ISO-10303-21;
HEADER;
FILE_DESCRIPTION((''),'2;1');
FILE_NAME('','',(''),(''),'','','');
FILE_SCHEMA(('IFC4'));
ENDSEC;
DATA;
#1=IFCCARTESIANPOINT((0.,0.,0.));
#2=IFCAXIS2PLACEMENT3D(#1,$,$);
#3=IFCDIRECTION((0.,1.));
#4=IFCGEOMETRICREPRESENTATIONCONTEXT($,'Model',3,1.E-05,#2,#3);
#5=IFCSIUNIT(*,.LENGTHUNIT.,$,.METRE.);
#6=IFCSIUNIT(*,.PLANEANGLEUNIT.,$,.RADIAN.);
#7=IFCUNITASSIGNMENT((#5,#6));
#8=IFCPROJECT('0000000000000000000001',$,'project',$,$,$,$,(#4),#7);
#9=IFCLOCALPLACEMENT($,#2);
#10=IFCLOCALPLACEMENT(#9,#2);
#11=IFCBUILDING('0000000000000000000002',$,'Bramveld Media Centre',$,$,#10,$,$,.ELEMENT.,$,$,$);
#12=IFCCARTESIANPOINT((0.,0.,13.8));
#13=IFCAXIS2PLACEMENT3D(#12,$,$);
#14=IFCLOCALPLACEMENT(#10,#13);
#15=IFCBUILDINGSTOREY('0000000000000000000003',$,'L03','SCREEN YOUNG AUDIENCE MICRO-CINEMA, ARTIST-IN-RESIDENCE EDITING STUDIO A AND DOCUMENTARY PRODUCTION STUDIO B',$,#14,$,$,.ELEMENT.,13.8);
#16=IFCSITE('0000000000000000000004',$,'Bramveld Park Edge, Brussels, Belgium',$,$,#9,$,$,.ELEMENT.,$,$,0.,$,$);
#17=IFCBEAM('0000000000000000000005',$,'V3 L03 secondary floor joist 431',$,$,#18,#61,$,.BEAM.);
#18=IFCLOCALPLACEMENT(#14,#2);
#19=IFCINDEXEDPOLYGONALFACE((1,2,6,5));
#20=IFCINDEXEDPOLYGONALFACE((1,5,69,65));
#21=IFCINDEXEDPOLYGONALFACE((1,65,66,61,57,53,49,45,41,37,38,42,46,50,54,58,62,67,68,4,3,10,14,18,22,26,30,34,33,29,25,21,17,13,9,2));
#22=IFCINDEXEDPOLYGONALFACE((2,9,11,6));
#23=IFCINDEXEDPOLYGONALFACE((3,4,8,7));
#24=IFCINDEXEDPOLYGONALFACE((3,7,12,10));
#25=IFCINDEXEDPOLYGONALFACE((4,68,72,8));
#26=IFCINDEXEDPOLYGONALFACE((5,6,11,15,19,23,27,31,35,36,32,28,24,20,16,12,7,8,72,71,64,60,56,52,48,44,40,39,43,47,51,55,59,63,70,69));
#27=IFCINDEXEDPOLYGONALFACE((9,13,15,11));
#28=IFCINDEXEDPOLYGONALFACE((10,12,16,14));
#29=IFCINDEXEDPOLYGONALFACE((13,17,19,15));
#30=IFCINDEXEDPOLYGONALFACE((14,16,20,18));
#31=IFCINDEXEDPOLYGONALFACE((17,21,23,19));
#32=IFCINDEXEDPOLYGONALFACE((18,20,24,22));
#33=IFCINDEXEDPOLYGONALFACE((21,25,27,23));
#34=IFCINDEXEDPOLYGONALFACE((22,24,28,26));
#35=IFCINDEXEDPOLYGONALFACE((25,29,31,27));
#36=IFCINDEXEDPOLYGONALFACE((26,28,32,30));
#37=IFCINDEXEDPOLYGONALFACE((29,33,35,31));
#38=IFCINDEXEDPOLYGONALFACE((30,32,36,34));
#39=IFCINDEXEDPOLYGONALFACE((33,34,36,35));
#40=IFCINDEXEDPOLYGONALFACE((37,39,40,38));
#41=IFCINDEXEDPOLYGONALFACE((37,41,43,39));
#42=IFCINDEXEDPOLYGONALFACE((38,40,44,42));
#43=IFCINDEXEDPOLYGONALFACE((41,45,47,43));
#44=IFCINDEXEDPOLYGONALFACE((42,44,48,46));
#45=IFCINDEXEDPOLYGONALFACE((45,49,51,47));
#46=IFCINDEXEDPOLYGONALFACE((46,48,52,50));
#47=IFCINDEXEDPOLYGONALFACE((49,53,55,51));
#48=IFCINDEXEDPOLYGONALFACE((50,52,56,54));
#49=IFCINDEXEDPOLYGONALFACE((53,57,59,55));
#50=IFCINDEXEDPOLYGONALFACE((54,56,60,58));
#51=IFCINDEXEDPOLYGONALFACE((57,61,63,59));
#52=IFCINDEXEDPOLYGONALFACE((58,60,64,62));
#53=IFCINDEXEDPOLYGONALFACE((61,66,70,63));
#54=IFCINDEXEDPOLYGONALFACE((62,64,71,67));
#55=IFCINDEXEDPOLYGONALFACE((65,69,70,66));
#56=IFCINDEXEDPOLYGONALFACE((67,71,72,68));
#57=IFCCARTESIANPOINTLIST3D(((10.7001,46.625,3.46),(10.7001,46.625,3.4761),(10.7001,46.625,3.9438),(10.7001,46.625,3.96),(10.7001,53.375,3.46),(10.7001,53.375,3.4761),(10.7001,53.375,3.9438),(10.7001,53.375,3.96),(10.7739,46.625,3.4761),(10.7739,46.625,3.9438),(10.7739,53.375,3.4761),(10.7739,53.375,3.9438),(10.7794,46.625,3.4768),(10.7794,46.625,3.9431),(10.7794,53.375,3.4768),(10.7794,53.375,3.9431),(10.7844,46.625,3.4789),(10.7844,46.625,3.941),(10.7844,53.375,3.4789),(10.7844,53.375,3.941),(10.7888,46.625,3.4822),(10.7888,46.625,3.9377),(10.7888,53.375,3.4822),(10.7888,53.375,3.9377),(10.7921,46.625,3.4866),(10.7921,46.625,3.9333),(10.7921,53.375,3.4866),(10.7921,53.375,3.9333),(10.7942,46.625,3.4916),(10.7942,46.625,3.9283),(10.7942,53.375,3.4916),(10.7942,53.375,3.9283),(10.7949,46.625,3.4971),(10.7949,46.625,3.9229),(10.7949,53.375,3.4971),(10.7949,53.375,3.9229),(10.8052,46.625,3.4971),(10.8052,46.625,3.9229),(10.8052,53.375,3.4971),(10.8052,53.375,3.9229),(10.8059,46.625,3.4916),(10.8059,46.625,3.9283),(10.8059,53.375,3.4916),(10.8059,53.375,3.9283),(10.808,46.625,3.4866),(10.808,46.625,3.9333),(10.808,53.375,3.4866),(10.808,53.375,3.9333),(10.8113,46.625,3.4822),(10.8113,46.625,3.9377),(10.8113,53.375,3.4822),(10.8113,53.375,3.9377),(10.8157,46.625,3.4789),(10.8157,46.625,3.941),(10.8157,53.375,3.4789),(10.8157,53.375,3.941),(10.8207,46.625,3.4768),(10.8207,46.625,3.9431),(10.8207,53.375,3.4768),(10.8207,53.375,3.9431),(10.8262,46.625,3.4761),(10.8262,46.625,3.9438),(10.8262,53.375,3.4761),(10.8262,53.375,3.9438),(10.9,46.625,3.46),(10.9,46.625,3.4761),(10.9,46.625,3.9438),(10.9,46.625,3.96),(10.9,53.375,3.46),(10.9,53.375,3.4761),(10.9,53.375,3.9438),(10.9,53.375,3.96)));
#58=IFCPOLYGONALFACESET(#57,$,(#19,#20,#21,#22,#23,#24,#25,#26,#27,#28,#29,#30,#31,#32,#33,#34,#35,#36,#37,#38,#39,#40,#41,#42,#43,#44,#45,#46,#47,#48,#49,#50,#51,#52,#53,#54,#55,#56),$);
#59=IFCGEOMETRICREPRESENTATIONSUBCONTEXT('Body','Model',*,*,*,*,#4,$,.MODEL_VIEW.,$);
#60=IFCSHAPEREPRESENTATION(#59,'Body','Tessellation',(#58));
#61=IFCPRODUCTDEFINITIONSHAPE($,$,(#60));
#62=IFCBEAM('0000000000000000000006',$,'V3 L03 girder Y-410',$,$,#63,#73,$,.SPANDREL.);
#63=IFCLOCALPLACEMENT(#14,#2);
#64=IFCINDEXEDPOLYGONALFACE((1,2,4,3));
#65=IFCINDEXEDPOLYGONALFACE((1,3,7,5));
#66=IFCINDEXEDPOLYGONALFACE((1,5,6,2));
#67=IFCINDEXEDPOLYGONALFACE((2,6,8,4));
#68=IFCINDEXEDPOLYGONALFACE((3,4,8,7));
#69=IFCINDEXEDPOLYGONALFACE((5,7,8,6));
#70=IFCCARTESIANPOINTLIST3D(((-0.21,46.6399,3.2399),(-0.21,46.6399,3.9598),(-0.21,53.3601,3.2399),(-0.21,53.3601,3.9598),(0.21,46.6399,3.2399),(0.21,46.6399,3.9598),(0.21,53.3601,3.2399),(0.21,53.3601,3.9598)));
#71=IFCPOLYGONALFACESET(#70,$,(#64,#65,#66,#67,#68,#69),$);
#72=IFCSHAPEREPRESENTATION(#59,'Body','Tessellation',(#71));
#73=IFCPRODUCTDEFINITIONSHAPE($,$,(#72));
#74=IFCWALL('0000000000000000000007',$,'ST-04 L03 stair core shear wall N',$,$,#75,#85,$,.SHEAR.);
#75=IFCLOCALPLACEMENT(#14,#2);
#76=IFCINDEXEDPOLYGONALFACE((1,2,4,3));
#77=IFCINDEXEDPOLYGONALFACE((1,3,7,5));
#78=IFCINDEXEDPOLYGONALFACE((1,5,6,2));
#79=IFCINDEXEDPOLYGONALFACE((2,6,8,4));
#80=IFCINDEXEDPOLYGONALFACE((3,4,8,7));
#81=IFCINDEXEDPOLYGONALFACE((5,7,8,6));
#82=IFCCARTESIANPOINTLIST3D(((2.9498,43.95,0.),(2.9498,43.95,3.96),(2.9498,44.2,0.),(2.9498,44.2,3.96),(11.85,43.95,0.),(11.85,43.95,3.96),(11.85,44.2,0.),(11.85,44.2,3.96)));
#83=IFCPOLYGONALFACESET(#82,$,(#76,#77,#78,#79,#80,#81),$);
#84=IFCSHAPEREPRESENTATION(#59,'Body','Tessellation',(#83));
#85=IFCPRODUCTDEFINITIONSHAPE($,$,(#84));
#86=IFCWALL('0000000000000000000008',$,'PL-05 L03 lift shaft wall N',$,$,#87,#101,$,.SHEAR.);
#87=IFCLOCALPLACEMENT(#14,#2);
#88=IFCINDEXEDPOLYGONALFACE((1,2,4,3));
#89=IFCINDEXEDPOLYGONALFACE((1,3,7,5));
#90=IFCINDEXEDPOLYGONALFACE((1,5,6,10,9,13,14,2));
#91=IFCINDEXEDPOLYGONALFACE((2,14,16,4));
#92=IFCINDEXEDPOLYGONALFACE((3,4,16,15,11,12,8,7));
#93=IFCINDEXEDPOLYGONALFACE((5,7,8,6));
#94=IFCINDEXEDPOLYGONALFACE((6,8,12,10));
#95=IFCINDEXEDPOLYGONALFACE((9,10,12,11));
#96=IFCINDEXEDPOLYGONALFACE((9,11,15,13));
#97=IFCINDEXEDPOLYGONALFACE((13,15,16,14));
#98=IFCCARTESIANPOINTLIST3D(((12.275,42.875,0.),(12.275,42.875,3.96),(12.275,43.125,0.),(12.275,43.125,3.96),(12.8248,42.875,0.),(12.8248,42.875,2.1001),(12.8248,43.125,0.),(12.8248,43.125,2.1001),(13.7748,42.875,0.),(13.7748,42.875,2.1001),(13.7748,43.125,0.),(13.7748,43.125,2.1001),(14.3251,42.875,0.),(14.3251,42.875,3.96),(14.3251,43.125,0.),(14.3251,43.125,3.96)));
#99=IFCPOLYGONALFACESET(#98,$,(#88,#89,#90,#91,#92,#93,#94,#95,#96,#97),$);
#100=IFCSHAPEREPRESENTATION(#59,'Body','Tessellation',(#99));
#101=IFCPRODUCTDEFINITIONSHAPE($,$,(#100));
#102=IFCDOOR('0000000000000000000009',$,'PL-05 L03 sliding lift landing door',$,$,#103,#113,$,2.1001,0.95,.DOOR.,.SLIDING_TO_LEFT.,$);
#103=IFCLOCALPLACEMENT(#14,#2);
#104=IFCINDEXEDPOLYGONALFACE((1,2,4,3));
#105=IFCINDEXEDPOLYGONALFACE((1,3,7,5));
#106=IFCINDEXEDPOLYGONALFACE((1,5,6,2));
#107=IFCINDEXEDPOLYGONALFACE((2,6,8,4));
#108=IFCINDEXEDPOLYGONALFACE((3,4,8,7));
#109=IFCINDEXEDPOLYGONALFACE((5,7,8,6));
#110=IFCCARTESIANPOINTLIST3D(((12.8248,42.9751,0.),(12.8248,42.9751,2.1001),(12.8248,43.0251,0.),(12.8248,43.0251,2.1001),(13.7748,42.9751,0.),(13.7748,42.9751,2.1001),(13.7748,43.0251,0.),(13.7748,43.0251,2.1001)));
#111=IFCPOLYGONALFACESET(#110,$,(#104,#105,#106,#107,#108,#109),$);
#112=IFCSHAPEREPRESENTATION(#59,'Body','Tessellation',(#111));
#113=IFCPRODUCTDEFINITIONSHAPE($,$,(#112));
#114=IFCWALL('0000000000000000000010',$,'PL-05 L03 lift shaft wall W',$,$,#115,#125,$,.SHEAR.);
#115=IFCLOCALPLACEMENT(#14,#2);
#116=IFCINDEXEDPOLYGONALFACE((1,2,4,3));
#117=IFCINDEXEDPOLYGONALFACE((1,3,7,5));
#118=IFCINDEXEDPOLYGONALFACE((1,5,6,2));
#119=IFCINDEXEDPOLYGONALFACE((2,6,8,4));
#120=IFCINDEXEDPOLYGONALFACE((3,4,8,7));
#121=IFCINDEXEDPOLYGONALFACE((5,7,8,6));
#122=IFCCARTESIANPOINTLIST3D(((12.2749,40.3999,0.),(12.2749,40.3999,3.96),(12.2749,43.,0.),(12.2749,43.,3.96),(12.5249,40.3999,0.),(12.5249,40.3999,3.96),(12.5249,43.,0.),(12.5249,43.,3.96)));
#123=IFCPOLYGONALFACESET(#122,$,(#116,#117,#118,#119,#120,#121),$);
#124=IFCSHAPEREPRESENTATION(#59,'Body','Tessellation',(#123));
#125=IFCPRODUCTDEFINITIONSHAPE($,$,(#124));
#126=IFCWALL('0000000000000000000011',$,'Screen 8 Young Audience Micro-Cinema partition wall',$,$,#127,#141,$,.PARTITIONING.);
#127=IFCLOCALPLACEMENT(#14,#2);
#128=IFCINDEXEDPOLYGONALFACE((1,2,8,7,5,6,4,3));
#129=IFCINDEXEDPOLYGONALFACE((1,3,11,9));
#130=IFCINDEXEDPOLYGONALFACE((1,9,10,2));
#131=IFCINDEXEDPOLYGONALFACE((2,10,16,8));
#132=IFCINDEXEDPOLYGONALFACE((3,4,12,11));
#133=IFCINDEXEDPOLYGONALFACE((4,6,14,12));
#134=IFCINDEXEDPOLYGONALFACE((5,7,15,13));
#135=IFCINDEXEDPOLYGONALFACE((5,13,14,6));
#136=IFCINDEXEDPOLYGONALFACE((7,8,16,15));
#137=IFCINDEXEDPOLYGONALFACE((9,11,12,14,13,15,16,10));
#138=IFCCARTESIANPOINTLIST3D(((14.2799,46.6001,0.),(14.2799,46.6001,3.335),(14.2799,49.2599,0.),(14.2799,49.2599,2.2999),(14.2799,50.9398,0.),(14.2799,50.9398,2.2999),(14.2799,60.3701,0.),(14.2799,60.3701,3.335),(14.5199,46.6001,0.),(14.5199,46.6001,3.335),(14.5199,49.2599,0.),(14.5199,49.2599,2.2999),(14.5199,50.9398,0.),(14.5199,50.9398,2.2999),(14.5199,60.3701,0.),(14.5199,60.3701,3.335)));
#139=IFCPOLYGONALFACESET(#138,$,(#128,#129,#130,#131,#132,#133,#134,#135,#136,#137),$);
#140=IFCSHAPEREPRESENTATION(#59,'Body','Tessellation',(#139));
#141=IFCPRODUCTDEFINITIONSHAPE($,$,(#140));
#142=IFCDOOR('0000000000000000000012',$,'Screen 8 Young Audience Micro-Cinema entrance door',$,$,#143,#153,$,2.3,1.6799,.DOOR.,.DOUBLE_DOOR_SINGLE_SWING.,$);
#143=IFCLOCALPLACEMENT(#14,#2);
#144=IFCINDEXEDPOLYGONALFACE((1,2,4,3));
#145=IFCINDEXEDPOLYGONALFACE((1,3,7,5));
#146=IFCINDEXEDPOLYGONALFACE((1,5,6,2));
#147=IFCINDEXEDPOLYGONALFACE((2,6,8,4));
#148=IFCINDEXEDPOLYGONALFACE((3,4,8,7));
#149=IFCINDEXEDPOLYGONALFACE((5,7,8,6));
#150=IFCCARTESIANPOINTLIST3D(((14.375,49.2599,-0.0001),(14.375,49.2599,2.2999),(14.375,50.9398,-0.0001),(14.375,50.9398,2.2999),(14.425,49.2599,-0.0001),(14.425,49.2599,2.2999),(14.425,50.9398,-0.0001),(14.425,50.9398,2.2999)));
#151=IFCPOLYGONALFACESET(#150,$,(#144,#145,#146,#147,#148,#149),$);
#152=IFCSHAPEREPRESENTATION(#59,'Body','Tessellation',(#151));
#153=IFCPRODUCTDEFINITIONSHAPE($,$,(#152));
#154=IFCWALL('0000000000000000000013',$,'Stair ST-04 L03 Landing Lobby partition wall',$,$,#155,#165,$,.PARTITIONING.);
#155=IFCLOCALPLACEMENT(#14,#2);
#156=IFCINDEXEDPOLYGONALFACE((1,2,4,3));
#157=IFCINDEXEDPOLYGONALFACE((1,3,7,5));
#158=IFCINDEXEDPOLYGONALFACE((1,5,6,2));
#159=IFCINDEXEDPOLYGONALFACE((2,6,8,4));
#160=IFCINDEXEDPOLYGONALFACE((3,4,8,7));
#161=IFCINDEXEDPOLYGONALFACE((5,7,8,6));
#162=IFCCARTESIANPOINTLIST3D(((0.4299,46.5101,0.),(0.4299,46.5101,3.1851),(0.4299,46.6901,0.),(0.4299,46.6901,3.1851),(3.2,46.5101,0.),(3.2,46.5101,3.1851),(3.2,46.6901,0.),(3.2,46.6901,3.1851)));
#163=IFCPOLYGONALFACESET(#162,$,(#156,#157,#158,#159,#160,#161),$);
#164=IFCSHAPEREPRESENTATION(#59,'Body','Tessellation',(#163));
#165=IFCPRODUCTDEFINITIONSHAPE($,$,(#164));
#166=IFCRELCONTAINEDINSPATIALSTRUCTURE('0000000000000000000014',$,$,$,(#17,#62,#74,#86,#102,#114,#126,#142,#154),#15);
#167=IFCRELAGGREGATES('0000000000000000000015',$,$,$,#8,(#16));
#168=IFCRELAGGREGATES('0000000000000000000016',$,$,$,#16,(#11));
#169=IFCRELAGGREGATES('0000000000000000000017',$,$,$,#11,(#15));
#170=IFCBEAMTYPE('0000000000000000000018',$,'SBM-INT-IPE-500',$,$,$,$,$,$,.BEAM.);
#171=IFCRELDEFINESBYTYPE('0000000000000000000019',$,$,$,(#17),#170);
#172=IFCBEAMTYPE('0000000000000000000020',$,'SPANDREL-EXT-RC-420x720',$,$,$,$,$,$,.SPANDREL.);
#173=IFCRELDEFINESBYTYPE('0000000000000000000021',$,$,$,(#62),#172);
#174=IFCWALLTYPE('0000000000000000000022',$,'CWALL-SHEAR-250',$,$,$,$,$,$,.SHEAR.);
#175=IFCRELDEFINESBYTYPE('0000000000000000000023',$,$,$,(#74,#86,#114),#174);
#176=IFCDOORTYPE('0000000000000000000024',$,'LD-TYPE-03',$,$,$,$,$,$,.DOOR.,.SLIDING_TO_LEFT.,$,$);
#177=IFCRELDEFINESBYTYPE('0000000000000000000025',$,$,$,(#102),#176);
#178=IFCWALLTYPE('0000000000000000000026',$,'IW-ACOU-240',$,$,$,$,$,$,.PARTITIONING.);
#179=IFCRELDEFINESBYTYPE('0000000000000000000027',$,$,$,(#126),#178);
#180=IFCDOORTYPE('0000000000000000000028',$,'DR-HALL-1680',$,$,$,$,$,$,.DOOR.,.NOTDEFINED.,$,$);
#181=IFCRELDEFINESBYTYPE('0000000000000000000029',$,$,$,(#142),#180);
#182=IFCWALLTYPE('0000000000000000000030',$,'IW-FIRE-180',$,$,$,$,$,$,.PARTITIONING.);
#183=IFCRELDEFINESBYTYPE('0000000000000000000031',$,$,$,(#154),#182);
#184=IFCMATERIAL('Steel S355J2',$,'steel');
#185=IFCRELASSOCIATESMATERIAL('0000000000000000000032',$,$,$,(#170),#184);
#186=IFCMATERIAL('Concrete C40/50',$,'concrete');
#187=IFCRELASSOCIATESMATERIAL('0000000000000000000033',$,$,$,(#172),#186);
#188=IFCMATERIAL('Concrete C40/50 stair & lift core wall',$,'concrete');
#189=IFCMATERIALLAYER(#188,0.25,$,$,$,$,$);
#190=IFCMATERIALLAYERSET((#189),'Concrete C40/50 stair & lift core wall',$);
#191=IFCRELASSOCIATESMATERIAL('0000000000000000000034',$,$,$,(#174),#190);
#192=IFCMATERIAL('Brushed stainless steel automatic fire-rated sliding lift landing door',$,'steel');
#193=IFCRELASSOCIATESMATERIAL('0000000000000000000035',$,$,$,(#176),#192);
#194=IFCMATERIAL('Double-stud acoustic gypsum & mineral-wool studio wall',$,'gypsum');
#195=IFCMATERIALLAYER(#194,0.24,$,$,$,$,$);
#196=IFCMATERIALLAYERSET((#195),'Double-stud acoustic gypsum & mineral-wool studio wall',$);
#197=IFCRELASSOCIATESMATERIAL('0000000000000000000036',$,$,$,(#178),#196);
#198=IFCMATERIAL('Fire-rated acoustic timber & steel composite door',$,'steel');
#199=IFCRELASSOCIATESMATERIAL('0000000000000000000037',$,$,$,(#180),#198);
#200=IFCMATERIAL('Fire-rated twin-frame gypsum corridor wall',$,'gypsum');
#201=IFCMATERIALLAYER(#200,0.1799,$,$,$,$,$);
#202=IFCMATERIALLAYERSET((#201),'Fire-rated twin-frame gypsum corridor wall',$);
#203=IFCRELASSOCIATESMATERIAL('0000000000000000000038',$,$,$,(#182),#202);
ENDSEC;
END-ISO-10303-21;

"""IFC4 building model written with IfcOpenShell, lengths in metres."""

from ifc_helpers import new_model, si_unit, direction, frame, frame_2d, origin, origin_2d, place, context, subcontext, project, spatial, rectangle, i_section, extrude, material, layer, layer_set, material_profile, profile_set, type_object, element, fill, save


model = new_model("IFC4")

# Units and contexts
model_context = context("Model", 3, precision=1e-05, world=origin(), true_north=direction((0.0, 1.0)))
body_context = subcontext(model_context, "Body", "Model", "MODEL_VIEW")
ifc_project = project(units=[si_unit("LENGTHUNIT", "METRE"), si_unit("PLANEANGLEUNIT", "RADIAN")], contexts=[model_context])

# Site, building, storey
site_placement = place(None, origin())
site = spatial("IfcSite", under=ifc_project, at=site_placement, Name="Bramveld Park Edge, Brussels, Belgium", CompositionType="ELEMENT", RefElevation=0.0)
building_placement = place(site_placement, origin())
building = spatial("IfcBuilding", under=site, at=building_placement, Name="Bramveld Media Centre", CompositionType="ELEMENT")
storey_placement = place(building_placement, frame((0.0, 0.0, 13.8)))
storey = spatial("IfcBuildingStorey", under=building, at=storey_placement, Name="L03", Description="SCREEN YOUNG AUDIENCE MICRO-CINEMA, ARTIST-IN-RESIDENCE EDITING STUDIO A AND DOCUMENTARY PRODUCTION STUDIO B", CompositionType="ELEMENT", Elevation=13.8)

# Beams
ifc_material_1 = material(Name="Steel S355J2", Category="steel")
ifc_material_profile_1 = material_profile(ifc_material_1, i_section(OverallWidth=0.2, OverallDepth=0.5, WebThickness=0.0103, FlangeThickness=0.0161, FilletRadius=0.021, at=origin_2d()), Name="IPE 500")
ifc_profile_set_1 = profile_set([ifc_material_profile_1], Name="Steel S355J2")
beam_type_1 = type_object("IfcBeamType", Name="SBM-INT-IPE-500", PredefinedType="BEAM", material=ifc_profile_set_1)
beam_1_placement = place(storey_placement, frame((10.8, 46.625, 3.71), z_axis=(0.0, 1.0, 0.0), x_axis=(-1.0, 0.0, 0.0)))
element("IfcBeam", 1, at=beam_1_placement, inside=storey, type_object=beam_type_1, Name="V3 L03 secondary floor joist 431", PredefinedType="BEAM", context=body_context, shape_type="SweptSolid", body=[
    extrude(i_section(OverallWidth=0.2, OverallDepth=0.5, WebThickness=0.0103, FlangeThickness=0.0161, FilletRadius=0.021, at=origin_2d()), origin(), (0.0, 0.0, 1.0), 6.75),
])
ifc_material_2 = material(Name="Concrete C40/50", Category="concrete")
ifc_material_profile_2 = material_profile(ifc_material_2, rectangle(XDim=0.4199, YDim=0.72, at=origin_2d()), Name="RC 420x720")
ifc_profile_set_2 = profile_set([ifc_material_profile_2], Name="Concrete C40/50")
beam_type_2 = type_object("IfcBeamType", Name="SPANDREL-EXT-RC-420x720", PredefinedType="SPANDREL", material=ifc_profile_set_2)
beam_2_placement = place(storey_placement, frame((0.0, 46.6399, 3.5999), z_axis=(0.0, 1.0, 0.0), x_axis=(-1.0, 0.0, 0.0)))
element("IfcBeam", 2, at=beam_2_placement, inside=storey, type_object=beam_type_2, Name="V3 L03 girder Y-410", PredefinedType="SPANDREL", context=body_context, shape_type="SweptSolid", body=[
    extrude(rectangle(XDim=0.4199, YDim=0.72, at=origin_2d()), origin(), (0.0, 0.0, 1.0), 6.7202),
])

# Wall
ifc_material_3 = material(Name="Concrete C40/50 stair & lift core wall", Category="concrete")
ifc_layer_1 = layer(ifc_material_3, 0.25)
ifc_layer_set_1 = layer_set([ifc_layer_1], Name="Concrete C40/50 stair & lift core wall")
wall_type_1 = type_object("IfcWallType", Name="CWALL-SHEAR-250", PredefinedType="SHEAR", material=ifc_layer_set_1)
wall_1_placement = place(storey_placement, frame((11.8501, 44.075, 0.0), z_axis=(0.0, 0.0, 1.0), x_axis=(-1.0, 0.0, 0.0)))
element("IfcWall", 3, at=wall_1_placement, inside=storey, type_object=wall_type_1, Name="ST-04 L03 stair core shear wall N", PredefinedType="SHEAR", context=body_context, shape_type="SweptSolid", body=[
    extrude(rectangle(XDim=8.9001, YDim=0.25, at=frame_2d((4.4502, 0.0))), origin(), (0.0, 0.0, 1.0), 3.96),
])

# Wall, opening, door
wall_2_placement = place(storey_placement, frame((14.325, 43.0, 0.0), z_axis=(0.0, 0.0, 1.0), x_axis=(-1.0, 0.0, 0.0)))
wall_2 = element("IfcWall", 4, at=wall_2_placement, inside=storey, type_object=wall_type_1, Name="PL-05 L03 lift shaft wall N", PredefinedType="SHEAR", context=body_context, shape_type="SweptSolid", body=[
    extrude(rectangle(XDim=2.05, YDim=0.25, at=frame_2d((1.0249, 0.0))), origin(), (0.0, 0.0, 1.0), 3.96),
])
opening_1_placement = place(wall_2_placement, frame((0.55, 0.0, 0.0)))
opening_1 = element("IfcOpeningElement", 5, at=opening_1_placement, cuts=wall_2, PredefinedType="OPENING", context=body_context, shape_type="SweptSolid", body=[
    extrude(rectangle(XDim=0.95, YDim=2.1001, at=frame_2d((0.4751, 1.05))), frame((0.0, 0.137, 0.0), z_axis=(0.0, -1.0, 0.0), x_axis=(1.0, 0.0, 0.0)), (0.0, 0.0, 1.0), 0.2739),
])
ifc_material_4 = material(Name="Brushed stainless steel automatic fire-rated sliding lift landing door", Category="steel")
door_type_1 = type_object("IfcDoorType", Name="LD-TYPE-03", OperationType="SLIDING_TO_LEFT", PredefinedType="DOOR", material=ifc_material_4)
door_1_placement = place(opening_1_placement, origin())
door_1 = element("IfcDoor", 6, at=door_1_placement, inside=storey, type_object=door_type_1, Name="PL-05 L03 sliding lift landing door", OperationType="SLIDING_TO_LEFT", OverallHeight=2.1001, OverallWidth=0.95, PredefinedType="DOOR", context=body_context, shape_type="SweptSolid", body=[
    extrude(rectangle(XDim=0.95, YDim=2.1001, at=frame_2d((0.4751, 1.05))), frame((0.0, 0.0249, 0.0), z_axis=(0.0, -1.0, 0.0), x_axis=(1.0, 0.0, 0.0)), (0.0, 0.0, 1.0), 0.05),
])
fill(opening_1, door_1)

# Wall
wall_3_placement = place(storey_placement, frame((12.3999, 43.0, 0.0), z_axis=(0.0, 0.0, 1.0), x_axis=(0.0, -1.0, 0.0)))
element("IfcWall", 7, at=wall_3_placement, inside=storey, type_object=wall_type_1, Name="PL-05 L03 lift shaft wall W", PredefinedType="SHEAR", context=body_context, shape_type="SweptSolid", body=[
    extrude(rectangle(XDim=2.6001, YDim=0.25, at=frame_2d((1.3, 0.0))), origin(), (0.0, 0.0, 1.0), 3.96),
])

# Wall, opening, door
ifc_material_5 = material(Name="Double-stud acoustic gypsum & mineral-wool studio wall", Category="gypsum")
ifc_layer_2 = layer(ifc_material_5, 0.24)
ifc_layer_set_2 = layer_set([ifc_layer_2], Name="Double-stud acoustic gypsum & mineral-wool studio wall")
wall_type_2 = type_object("IfcWallType", Name="IW-ACOU-240", PredefinedType="PARTITIONING", material=ifc_layer_set_2)
wall_4_placement = place(storey_placement, frame((14.3999, 46.6001, 0.0), z_axis=(0.0, 0.0, 1.0), x_axis=(0.0, 1.0, 0.0)))
wall_4 = element("IfcWall", 8, at=wall_4_placement, inside=storey, type_object=wall_type_2, Name="Screen 8 Young Audience Micro-Cinema partition wall", PredefinedType="PARTITIONING", context=body_context, shape_type="SweptSolid", body=[
    extrude(rectangle(XDim=13.77, YDim=0.24, at=frame_2d((6.885, 0.0))), origin(), (0.0, 0.0, 1.0), 3.335),
])
opening_2_placement = place(wall_4_placement, frame((2.6599, 0.0, 0.0)))
opening_2 = element("IfcOpeningElement", 9, at=opening_2_placement, cuts=wall_4, PredefinedType="OPENING", context=body_context, shape_type="SweptSolid", body=[
    extrude(rectangle(XDim=1.6799, YDim=2.3, at=frame_2d((0.8398, 1.1499))), frame((0.0, 0.1318, 0.0), z_axis=(0.0, -1.0, 0.0), x_axis=(1.0, 0.0, 0.0)), (0.0, 0.0, 1.0), 0.2639),
])
ifc_material_6 = material(Name="Fire-rated acoustic timber & steel composite door", Category="steel")
door_type_2 = type_object("IfcDoorType", Name="DR-HALL-1680", OperationType="NOTDEFINED", PredefinedType="DOOR", material=ifc_material_6)
door_2_placement = place(opening_2_placement, origin())
door_2 = element("IfcDoor", 10, at=door_2_placement, inside=storey, type_object=door_type_2, Name="Screen 8 Young Audience Micro-Cinema entrance door", OperationType="DOUBLE_DOOR_SINGLE_SWING", OverallHeight=2.3, OverallWidth=1.6799, PredefinedType="DOOR", context=body_context, shape_type="SweptSolid", body=[
    extrude(rectangle(XDim=1.6799, YDim=2.3, at=frame_2d((0.8398, 1.1499))), frame((0.0, 0.0249, 0.0), z_axis=(0.0, -1.0, 0.0), x_axis=(1.0, 0.0, 0.0)), (0.0, 0.0, 1.0), 0.05),
])
fill(opening_2, door_2)

# Wall
ifc_material_7 = material(Name="Fire-rated twin-frame gypsum corridor wall", Category="gypsum")
ifc_layer_3 = layer(ifc_material_7, 0.1799)
ifc_layer_set_3 = layer_set([ifc_layer_3], Name="Fire-rated twin-frame gypsum corridor wall")
wall_type_3 = type_object("IfcWallType", Name="IW-FIRE-180", PredefinedType="PARTITIONING", material=ifc_layer_set_3)
wall_5_placement = place(storey_placement, frame((0.4299, 46.6001, 0.0), z_axis=(0.0, 0.0, 1.0), x_axis=(1.0, 0.0, 0.0)))
element("IfcWall", 11, at=wall_5_placement, inside=storey, type_object=wall_type_3, Name="Stair ST-04 L03 Landing Lobby partition wall", PredefinedType="PARTITIONING", context=body_context, shape_type="SweptSolid", body=[
    extrude(rectangle(XDim=2.77, YDim=0.1799, at=frame_2d((1.385, 0.0))), origin(), (0.0, 0.0, 1.0), 3.1851),
])

save(model, "model.ifc")
